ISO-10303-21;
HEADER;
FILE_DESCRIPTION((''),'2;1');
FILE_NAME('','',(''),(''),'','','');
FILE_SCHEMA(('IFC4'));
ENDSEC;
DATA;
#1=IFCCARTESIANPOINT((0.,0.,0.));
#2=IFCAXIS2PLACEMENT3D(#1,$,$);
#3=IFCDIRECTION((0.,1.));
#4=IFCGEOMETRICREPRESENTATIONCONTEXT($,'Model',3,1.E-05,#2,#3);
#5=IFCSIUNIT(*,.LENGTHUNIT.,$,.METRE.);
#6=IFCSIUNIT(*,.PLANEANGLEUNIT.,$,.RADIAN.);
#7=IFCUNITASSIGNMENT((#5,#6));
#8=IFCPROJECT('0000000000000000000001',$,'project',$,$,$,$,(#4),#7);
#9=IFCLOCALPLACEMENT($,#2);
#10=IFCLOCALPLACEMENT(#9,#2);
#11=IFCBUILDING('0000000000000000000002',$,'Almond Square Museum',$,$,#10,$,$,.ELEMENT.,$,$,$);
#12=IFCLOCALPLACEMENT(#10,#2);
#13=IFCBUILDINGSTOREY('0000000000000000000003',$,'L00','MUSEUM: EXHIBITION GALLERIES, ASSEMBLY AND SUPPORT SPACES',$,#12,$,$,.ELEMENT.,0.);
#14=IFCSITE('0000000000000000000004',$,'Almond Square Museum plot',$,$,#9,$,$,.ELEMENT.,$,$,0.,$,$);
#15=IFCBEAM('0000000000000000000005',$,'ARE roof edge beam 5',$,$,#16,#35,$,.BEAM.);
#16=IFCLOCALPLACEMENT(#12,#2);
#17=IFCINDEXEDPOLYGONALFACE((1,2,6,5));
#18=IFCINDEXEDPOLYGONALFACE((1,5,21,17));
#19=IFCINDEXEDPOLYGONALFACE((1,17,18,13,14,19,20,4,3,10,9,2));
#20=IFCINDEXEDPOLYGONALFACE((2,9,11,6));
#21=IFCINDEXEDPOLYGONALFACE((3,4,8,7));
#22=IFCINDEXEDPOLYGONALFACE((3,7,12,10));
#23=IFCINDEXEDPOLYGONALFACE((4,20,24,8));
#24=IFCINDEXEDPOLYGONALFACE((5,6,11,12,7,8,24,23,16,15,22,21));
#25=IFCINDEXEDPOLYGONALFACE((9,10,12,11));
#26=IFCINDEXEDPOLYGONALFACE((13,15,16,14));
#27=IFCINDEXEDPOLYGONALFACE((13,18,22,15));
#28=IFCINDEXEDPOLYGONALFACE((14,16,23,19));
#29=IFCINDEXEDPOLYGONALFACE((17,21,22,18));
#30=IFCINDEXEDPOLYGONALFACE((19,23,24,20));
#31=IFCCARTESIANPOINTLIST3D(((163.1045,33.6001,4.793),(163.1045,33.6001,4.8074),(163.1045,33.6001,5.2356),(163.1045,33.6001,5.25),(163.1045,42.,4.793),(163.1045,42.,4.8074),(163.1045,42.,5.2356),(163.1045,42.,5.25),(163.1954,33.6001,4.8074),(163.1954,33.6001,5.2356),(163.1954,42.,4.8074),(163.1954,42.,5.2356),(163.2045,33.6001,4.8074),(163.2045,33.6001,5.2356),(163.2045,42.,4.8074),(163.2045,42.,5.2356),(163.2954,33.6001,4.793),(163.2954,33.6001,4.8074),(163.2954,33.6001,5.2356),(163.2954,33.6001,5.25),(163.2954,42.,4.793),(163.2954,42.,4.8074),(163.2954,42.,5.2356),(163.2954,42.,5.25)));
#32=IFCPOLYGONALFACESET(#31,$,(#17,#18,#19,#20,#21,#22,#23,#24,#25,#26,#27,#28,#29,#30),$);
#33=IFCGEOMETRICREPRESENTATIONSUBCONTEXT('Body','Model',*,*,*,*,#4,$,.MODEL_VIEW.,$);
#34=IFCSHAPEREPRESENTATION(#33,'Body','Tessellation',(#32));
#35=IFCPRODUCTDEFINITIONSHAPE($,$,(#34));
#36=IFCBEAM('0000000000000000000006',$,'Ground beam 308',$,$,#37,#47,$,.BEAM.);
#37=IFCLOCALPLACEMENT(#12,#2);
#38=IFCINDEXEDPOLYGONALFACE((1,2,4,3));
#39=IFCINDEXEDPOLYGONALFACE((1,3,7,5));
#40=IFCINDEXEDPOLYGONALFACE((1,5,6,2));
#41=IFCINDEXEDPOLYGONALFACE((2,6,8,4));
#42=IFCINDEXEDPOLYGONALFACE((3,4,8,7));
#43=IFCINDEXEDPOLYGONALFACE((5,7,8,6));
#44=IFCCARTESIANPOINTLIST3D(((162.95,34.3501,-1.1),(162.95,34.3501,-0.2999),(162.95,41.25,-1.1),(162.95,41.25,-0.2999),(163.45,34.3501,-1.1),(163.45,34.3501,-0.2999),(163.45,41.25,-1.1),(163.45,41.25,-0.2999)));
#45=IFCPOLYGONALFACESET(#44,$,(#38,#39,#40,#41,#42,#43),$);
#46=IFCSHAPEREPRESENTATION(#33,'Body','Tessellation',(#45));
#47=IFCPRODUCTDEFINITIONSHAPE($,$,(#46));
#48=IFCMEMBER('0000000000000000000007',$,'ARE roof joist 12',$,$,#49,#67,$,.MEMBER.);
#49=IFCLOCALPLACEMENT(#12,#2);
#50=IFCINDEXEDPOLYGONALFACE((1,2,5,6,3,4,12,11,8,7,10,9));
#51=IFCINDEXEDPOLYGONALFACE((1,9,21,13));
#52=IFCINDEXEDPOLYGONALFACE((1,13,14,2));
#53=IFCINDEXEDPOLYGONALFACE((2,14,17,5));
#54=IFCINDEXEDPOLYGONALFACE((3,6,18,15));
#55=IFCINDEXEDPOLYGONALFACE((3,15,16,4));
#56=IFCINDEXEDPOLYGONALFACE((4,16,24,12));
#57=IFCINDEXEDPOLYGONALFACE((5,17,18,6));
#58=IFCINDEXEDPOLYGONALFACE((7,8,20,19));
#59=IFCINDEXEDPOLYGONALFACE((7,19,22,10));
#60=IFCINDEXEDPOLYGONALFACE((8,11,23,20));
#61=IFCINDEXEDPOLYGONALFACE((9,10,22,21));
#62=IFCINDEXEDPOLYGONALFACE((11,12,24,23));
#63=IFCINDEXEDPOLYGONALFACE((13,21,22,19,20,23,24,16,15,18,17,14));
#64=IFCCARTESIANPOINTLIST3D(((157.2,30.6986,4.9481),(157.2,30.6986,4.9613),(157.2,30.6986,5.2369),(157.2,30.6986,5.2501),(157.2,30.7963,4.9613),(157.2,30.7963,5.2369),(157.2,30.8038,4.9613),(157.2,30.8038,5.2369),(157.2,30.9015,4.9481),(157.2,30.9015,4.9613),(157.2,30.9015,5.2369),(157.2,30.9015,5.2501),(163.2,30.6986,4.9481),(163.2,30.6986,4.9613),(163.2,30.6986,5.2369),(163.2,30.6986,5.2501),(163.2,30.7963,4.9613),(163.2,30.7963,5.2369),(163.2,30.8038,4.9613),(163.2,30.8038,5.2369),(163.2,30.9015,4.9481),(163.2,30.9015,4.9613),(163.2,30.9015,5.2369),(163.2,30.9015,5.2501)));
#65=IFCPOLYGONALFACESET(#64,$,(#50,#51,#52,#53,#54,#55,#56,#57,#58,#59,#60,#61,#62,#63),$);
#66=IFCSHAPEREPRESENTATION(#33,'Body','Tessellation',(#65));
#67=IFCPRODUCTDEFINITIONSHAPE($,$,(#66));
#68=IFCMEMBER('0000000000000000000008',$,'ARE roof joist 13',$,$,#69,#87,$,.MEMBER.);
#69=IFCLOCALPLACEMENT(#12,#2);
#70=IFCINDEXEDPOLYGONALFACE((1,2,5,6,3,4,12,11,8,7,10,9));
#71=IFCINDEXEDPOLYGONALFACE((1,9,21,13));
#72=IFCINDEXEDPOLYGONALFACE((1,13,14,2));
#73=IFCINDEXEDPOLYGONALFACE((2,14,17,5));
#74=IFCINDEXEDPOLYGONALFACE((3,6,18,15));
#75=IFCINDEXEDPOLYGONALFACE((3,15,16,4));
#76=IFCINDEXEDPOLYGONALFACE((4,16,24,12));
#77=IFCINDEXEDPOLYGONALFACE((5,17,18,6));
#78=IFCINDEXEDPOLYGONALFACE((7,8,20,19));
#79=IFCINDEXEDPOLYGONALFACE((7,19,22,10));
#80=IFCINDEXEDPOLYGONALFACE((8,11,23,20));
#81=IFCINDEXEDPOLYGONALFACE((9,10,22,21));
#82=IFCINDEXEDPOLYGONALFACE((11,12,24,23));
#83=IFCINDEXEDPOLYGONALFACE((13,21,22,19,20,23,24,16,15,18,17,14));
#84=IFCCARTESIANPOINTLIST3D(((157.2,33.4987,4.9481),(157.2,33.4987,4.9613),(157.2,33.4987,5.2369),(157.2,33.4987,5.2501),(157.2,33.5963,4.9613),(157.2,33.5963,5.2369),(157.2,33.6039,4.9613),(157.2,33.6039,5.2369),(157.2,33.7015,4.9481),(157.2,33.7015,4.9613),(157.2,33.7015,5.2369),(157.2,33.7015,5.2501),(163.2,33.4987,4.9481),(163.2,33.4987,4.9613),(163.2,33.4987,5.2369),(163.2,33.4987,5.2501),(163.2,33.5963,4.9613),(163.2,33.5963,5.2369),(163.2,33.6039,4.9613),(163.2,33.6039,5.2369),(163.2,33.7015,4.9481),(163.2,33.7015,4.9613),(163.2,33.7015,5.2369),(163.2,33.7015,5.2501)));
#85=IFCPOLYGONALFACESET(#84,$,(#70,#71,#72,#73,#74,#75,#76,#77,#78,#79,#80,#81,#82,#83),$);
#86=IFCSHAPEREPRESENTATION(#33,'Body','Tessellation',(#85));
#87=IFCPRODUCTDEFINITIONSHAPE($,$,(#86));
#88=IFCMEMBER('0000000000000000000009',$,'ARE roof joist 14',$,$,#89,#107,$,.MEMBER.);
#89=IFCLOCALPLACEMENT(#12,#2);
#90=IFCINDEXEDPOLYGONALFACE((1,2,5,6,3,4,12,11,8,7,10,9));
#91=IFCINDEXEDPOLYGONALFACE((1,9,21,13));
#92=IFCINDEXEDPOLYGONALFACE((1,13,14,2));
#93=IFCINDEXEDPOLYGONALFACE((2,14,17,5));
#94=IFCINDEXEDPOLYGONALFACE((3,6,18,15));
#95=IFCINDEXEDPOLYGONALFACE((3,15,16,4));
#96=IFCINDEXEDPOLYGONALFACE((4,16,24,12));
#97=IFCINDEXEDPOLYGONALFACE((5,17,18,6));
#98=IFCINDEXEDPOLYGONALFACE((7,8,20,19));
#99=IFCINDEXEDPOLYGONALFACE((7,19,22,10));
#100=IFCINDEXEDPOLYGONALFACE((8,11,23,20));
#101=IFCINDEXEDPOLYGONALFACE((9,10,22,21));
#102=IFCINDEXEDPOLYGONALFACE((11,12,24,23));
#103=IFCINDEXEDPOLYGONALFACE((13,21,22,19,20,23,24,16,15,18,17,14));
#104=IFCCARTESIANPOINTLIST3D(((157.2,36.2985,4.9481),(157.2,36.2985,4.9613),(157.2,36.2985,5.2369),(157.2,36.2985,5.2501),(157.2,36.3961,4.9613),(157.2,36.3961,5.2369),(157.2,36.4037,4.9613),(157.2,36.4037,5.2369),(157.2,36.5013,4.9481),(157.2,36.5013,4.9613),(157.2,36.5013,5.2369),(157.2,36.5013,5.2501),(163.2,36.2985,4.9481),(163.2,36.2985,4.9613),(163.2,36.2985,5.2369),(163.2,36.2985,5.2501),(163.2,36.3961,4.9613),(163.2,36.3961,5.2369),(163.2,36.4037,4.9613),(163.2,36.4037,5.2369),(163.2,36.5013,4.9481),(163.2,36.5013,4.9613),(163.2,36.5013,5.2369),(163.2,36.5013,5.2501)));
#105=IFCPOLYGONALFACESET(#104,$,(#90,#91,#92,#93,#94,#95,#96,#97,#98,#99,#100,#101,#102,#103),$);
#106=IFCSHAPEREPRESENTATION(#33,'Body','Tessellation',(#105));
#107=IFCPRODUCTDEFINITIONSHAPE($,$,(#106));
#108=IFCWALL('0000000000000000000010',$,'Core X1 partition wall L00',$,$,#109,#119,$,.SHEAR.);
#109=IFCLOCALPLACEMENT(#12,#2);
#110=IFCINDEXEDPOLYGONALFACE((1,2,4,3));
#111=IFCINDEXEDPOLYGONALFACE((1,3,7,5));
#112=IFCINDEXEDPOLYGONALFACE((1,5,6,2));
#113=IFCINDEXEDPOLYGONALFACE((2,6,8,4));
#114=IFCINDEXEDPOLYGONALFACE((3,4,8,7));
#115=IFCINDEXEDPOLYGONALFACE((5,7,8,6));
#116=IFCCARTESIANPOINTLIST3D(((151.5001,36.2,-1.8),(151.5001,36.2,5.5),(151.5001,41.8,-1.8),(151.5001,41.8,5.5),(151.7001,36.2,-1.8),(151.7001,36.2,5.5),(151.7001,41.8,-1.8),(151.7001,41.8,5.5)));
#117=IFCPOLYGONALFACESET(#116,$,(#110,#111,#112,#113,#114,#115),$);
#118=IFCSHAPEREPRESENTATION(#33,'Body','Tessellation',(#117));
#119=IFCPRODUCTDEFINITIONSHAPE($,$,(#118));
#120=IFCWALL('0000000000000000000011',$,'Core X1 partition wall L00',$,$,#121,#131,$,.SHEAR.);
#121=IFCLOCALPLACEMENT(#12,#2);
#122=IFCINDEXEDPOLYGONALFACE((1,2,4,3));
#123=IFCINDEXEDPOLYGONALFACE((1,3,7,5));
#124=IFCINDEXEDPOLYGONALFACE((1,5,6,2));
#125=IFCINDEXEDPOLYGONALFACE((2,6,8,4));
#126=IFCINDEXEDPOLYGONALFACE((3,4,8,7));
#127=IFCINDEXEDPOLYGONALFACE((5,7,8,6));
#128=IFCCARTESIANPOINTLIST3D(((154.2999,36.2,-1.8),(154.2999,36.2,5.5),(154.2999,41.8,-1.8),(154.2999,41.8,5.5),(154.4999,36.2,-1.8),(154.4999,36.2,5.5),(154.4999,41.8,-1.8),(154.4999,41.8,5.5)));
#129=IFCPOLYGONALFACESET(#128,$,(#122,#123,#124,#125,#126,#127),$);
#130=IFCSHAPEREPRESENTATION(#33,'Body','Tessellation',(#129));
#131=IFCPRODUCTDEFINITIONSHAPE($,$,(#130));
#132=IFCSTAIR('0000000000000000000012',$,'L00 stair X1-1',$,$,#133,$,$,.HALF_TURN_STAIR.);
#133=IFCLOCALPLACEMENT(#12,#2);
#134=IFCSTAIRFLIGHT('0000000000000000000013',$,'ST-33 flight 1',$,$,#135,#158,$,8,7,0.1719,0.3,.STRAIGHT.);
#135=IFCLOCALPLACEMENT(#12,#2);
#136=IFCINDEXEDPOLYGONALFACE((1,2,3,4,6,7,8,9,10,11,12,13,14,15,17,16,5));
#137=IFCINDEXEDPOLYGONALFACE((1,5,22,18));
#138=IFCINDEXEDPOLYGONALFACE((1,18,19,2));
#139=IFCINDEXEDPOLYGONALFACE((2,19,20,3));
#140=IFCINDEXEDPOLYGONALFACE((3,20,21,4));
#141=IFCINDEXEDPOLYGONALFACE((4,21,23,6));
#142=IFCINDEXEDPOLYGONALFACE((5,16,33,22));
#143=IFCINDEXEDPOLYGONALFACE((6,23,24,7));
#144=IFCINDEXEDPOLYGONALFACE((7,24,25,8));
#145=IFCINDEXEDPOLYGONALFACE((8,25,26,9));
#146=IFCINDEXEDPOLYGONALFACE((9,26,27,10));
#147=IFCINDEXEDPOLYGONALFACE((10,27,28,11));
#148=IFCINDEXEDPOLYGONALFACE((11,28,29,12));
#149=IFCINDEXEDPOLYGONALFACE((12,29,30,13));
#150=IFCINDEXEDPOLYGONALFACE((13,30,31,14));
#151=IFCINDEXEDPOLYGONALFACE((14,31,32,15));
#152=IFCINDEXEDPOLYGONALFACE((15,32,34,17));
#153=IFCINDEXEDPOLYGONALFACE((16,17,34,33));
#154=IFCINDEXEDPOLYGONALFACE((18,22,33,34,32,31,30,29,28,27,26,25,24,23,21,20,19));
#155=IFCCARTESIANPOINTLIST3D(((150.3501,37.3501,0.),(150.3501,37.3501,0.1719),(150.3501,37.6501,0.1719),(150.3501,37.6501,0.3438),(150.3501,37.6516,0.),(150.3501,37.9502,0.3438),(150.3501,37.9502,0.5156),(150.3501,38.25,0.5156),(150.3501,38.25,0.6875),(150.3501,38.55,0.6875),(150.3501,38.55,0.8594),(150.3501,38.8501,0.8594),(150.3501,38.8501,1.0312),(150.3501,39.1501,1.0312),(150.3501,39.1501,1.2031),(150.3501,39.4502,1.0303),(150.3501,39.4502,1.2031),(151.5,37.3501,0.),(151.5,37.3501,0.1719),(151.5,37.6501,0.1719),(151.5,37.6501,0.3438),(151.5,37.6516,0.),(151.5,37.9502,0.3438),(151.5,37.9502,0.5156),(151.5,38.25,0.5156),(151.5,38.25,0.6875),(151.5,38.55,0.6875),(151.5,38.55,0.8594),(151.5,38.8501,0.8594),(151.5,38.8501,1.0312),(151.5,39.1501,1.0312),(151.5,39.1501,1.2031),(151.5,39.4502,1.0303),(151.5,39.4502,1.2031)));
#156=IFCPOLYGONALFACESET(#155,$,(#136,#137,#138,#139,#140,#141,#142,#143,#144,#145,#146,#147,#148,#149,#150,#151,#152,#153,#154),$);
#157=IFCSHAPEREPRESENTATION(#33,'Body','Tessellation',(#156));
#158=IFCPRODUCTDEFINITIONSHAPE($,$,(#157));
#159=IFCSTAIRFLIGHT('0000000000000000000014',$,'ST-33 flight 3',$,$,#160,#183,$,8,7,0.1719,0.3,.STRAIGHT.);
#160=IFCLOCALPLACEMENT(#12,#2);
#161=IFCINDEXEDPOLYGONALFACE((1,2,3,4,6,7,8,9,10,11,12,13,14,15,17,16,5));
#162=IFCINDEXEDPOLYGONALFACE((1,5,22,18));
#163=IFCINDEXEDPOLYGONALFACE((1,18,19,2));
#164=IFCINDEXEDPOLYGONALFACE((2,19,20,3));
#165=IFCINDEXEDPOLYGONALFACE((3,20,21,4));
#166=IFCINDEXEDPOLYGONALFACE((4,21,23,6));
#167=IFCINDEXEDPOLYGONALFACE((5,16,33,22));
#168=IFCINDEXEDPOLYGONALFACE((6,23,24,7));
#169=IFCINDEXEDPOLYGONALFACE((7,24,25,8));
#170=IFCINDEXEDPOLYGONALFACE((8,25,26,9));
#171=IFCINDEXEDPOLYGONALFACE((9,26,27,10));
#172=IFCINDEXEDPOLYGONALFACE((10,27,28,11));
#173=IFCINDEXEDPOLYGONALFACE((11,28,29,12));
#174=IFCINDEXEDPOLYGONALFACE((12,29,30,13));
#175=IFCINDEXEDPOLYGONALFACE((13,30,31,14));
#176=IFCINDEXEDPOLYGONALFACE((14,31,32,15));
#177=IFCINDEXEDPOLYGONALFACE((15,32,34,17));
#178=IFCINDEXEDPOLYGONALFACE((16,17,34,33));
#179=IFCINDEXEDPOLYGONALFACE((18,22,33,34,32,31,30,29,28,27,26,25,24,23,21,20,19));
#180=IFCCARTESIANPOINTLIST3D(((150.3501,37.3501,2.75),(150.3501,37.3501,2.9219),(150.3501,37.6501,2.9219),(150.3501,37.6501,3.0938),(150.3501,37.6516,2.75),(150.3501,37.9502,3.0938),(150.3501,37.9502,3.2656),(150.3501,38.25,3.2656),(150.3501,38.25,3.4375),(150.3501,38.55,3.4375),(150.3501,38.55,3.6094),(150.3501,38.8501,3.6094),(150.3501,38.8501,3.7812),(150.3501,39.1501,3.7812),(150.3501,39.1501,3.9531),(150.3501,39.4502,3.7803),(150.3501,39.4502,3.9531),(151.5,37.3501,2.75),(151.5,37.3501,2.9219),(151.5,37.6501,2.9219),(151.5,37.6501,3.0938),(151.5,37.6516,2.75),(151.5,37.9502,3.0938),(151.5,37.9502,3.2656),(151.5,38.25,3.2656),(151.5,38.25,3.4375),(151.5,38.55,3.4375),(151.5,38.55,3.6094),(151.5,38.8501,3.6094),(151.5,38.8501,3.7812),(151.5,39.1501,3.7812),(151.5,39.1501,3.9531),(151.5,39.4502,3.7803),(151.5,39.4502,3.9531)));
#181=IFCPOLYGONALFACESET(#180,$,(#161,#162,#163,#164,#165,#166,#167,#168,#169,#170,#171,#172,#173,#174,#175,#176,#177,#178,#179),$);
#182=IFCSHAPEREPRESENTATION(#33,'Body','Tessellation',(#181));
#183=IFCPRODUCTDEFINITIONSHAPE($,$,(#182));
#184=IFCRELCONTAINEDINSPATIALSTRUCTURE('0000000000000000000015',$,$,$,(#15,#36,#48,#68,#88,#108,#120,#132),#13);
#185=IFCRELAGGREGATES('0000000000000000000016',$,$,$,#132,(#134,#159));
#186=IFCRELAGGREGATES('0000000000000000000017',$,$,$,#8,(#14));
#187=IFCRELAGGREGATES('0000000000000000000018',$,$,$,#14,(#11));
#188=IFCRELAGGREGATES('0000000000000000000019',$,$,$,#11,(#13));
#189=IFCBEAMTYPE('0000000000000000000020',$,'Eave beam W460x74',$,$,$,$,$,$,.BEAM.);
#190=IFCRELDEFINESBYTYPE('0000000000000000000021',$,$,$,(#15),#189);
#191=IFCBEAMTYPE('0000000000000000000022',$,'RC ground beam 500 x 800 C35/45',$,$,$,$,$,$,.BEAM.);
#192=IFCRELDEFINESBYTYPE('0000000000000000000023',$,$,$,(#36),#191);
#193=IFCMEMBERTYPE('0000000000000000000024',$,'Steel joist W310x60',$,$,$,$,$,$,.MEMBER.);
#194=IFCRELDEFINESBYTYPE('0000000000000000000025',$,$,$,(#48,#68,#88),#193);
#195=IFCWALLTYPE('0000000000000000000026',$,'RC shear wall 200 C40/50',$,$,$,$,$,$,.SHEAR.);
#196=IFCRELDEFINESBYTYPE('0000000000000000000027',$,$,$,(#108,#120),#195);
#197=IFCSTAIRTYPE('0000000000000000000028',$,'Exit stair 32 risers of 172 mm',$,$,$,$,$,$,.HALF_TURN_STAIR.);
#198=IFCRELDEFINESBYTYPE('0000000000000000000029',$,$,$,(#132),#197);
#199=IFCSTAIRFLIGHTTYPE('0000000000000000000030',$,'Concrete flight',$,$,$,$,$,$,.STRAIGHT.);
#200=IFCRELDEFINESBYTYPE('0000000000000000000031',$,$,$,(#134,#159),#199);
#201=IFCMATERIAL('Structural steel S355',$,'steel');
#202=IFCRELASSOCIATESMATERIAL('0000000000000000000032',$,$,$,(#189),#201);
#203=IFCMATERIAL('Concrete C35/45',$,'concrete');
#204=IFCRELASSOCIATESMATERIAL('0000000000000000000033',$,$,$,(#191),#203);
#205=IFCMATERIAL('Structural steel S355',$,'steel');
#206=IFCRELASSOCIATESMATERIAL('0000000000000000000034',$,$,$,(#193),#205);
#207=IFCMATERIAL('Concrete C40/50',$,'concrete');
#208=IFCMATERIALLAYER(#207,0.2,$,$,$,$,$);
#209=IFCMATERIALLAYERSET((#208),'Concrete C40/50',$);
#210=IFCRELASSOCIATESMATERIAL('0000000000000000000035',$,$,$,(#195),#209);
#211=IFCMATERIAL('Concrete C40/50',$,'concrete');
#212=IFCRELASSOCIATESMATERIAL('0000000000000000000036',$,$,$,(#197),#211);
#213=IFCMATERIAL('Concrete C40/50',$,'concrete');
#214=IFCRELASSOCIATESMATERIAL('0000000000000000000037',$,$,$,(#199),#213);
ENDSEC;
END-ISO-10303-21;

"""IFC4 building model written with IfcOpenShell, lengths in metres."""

from ifc_helpers import new_model, si_unit, direction, frame, frame_2d, origin, origin_2d, place, context, subcontext, project, spatial, polyline, rectangle, i_section, outline, extrude, material, layer, layer_set, material_profile, profile_set, type_object, element, aggregate, save


model = new_model("IFC4")

# Units and contexts
model_context = context("Model", 3, precision=1e-05, world=origin(), true_north=direction((0.0, 1.0)))
body_context = subcontext(model_context, "Body", "Model", "MODEL_VIEW")
ifc_project = project(units=[si_unit("LENGTHUNIT", "METRE"), si_unit("PLANEANGLEUNIT", "RADIAN")], contexts=[model_context])

# Site, building, storey
site_placement = place(None, origin())
site = spatial("IfcSite", under=ifc_project, at=site_placement, Name="Almond Square Museum plot", CompositionType="ELEMENT", RefElevation=0.0)
building_placement = place(site_placement, origin())
building = spatial("IfcBuilding", under=site, at=building_placement, Name="Almond Square Museum", CompositionType="ELEMENT")
storey_placement = place(building_placement, origin())
storey = spatial("IfcBuildingStorey", under=building, at=storey_placement, Name="L00", Description="MUSEUM: EXHIBITION GALLERIES, ASSEMBLY AND SUPPORT SPACES", CompositionType="ELEMENT", Elevation=0.0)

# Beams
ifc_material_1 = material(Name="Structural steel S355", Category="steel")
ifc_material_profile_1 = material_profile(ifc_material_1, i_section(OverallWidth=0.1909, OverallDepth=0.457, WebThickness=0.009, FlangeThickness=0.0144, at=origin_2d()))
ifc_profile_set_1 = profile_set([ifc_material_profile_1], Name="Structural steel S355")
beam_type_1 = type_object("IfcBeamType", Name="Eave beam W460x74", PredefinedType="BEAM", material=ifc_profile_set_1)
beam_1_placement = place(storey_placement, frame((163.2, 33.6001, 5.0215), z_axis=(0.0, 1.0, 0.0), x_axis=(-1.0, 0.0, 0.0)))
element("IfcBeam", 1, at=beam_1_placement, inside=storey, type_object=beam_type_1, Name="ARE roof edge beam 5", PredefinedType="BEAM", context=body_context, shape_type="SweptSolid", body=[
    extrude(i_section(OverallWidth=0.1909, OverallDepth=0.457, WebThickness=0.009, FlangeThickness=0.0144, at=origin_2d()), origin(), (0.0, 0.0, 1.0), 8.3999),
])
ifc_material_2 = material(Name="Concrete C35/45", Category="concrete")
ifc_material_profile_2 = material_profile(ifc_material_2, rectangle(XDim=0.5, YDim=0.8, at=origin_2d()))
ifc_profile_set_2 = profile_set([ifc_material_profile_2], Name="Concrete C35/45")
beam_type_2 = type_object("IfcBeamType", Name="RC ground beam 500 x 800 C35/45", PredefinedType="BEAM", material=ifc_profile_set_2)
beam_2_placement = place(storey_placement, frame((163.2, 34.3501, -0.7), z_axis=(0.0, 1.0, 0.0), x_axis=(-1.0, 0.0, 0.0)))
element("IfcBeam", 2, at=beam_2_placement, inside=storey, type_object=beam_type_2, Name="Ground beam 308", PredefinedType="BEAM", context=body_context, shape_type="SweptSolid", body=[
    extrude(rectangle(XDim=0.5, YDim=0.8, at=origin_2d()), origin(), (0.0, 0.0, 1.0), 6.8999),
])

# Members
ifc_material_3 = material(Name="Structural steel S355", Category="steel")
ifc_material_profile_3 = material_profile(ifc_material_3, i_section(OverallWidth=0.2029, OverallDepth=0.302, WebThickness=0.0076, FlangeThickness=0.0132, at=origin_2d()))
ifc_profile_set_3 = profile_set([ifc_material_profile_3], Name="Structural steel S355")
member_type = type_object("IfcMemberType", Name="Steel joist W310x60", PredefinedType="MEMBER", material=ifc_profile_set_3)
for number, where, z_axis, x_axis, name in (
    (3, (157.2, 30.8, 5.0991), (1.0, 0.0, 0.0), (0.0, 1.0, 0.0), "ARE roof joist 12"),
    (4, (157.2, 33.6001, 5.0991), (1.0, 0.0, 0.0), (0.0, 1.0, 0.0), "ARE roof joist 13"),
    (5, (157.2, 36.3999, 5.0991), (1.0, 0.0, 0.0), (0.0, 1.0, 0.0), "ARE roof joist 14"),
):
    element("IfcMember", number, at=place(storey_placement, frame(where, z_axis=z_axis, x_axis=x_axis)), inside=storey, type_object=member_type, Name=name, PredefinedType="MEMBER", context=body_context, shape_type="SweptSolid", body=[
        extrude(i_section(OverallWidth=0.2029, OverallDepth=0.302, WebThickness=0.0076, FlangeThickness=0.0132, at=origin_2d()), origin(), (0.0, 0.0, 1.0), 6.0),
    ])

# Walls
ifc_material_4 = material(Name="Concrete C40/50", Category="concrete")
ifc_layer = layer(ifc_material_4, 0.2)
ifc_layer_set = layer_set([ifc_layer], Name="Concrete C40/50")
wall_type = type_object("IfcWallType", Name="RC shear wall 200 C40/50", PredefinedType="SHEAR", material=ifc_layer_set)
for number, where, z_axis, x_axis, name in (
    (6, (151.6001, 36.2, -1.8), (0.0, 0.0, 1.0), (0.0, 1.0, 0.0), "Core X1 partition wall L00"),
    (7, (154.3999, 36.2, -1.8), (0.0, 0.0, 1.0), (0.0, 1.0, 0.0), "Core X1 partition wall L00"),
):
    element("IfcWall", number, at=place(storey_placement, frame(where, z_axis=z_axis, x_axis=x_axis)), inside=storey, type_object=wall_type, Name=name, PredefinedType="SHEAR", context=body_context, shape_type="SweptSolid", body=[
        extrude(rectangle(XDim=5.6001, YDim=0.2, at=frame_2d((2.8, 0.0))), origin(), (0.0, 0.0, 1.0), 7.3),
    ])

# Stair, stair flights
ifc_material_5 = material(Name="Concrete C40/50", Category="concrete")
stair_type = type_object("IfcStairType", Name="Exit stair 32 risers of 172 mm", PredefinedType="HALF_TURN_STAIR", material=ifc_material_5)
stair_1_placement = place(storey_placement, origin())
stair_1 = element("IfcStair", 8, at=stair_1_placement, inside=storey, type_object=stair_type, Name="L00 stair X1-1", PredefinedType="HALF_TURN_STAIR")
ifc_material_6 = material(Name="Concrete C40/50", Category="concrete")
stair_flight_type = type_object("IfcStairFlightType", Name="Concrete flight", PredefinedType="STRAIGHT", material=ifc_material_6)
stair_flight_1_placement = place(storey_placement, frame((150.925, 37.3501, 0.0), z_axis=(0.0, 0.0, 1.0), x_axis=(0.0, 1.0, 0.0)))
stair_flight_1 = element("IfcStairFlight", 9, at=stair_flight_1_placement, type_object=stair_flight_type, Name="ST-33 flight 1", NumberOfRisers=8, NumberOfTreads=7, PredefinedType="STRAIGHT", RiserHeight=0.1719, TreadLength=0.3, context=body_context, shape_type="SweptSolid", body=[
    extrude(outline(polyline([(0.0, 0.0), (0.0, 0.1719), (0.3, 0.1719), (0.3, 0.3438), (0.6001, 0.3438), (0.6001, 0.5156), (0.8999, 0.5156), (0.8999, 0.6875), (1.2, 0.6875), (1.2, 0.8594), (1.5, 0.8594), (1.5, 1.0312), (1.8, 1.0312), (1.8, 1.2031), (2.1001, 1.2031), (2.1001, 1.375), (2.1001, 1.0303), (0.3015, 0.0), (0.0, 0.0)])), frame((0.0, 0.575, 0.0), z_axis=(0.0, -1.0, 0.0), x_axis=(1.0, 0.0, 0.0)), (0.0, 0.0, 1.0), 1.1499),
])
stair_flight_2_placement = place(storey_placement, frame((150.925, 37.3501, 2.75), z_axis=(0.0, 0.0, 1.0), x_axis=(0.0, 1.0, 0.0)))
stair_flight_2 = element("IfcStairFlight", 10, at=stair_flight_2_placement, type_object=stair_flight_type, Name="ST-33 flight 3", NumberOfRisers=8, NumberOfTreads=7, PredefinedType="STRAIGHT", RiserHeight=0.1719, TreadLength=0.3, context=body_context, shape_type="SweptSolid", body=[
    extrude(outline(polyline([(0.0, 0.0), (0.0, 0.1719), (0.3, 0.1719), (0.3, 0.3438), (0.6001, 0.3438), (0.6001, 0.5156), (0.8999, 0.5156), (0.8999, 0.6875), (1.2, 0.6875), (1.2, 0.8594), (1.5, 0.8594), (1.5, 1.0312), (1.8, 1.0312), (1.8, 1.2031), (2.1001, 1.2031), (2.1001, 1.375), (2.1001, 1.0303), (0.3015, 0.0), (0.0, 0.0)])), frame((0.0, 0.575, 0.0), z_axis=(0.0, -1.0, 0.0), x_axis=(1.0, 0.0, 0.0)), (0.0, 0.0, 1.0), 1.1499),
])
aggregate(stair_1, [stair_flight_1, stair_flight_2])

save(model, "model.ifc")
